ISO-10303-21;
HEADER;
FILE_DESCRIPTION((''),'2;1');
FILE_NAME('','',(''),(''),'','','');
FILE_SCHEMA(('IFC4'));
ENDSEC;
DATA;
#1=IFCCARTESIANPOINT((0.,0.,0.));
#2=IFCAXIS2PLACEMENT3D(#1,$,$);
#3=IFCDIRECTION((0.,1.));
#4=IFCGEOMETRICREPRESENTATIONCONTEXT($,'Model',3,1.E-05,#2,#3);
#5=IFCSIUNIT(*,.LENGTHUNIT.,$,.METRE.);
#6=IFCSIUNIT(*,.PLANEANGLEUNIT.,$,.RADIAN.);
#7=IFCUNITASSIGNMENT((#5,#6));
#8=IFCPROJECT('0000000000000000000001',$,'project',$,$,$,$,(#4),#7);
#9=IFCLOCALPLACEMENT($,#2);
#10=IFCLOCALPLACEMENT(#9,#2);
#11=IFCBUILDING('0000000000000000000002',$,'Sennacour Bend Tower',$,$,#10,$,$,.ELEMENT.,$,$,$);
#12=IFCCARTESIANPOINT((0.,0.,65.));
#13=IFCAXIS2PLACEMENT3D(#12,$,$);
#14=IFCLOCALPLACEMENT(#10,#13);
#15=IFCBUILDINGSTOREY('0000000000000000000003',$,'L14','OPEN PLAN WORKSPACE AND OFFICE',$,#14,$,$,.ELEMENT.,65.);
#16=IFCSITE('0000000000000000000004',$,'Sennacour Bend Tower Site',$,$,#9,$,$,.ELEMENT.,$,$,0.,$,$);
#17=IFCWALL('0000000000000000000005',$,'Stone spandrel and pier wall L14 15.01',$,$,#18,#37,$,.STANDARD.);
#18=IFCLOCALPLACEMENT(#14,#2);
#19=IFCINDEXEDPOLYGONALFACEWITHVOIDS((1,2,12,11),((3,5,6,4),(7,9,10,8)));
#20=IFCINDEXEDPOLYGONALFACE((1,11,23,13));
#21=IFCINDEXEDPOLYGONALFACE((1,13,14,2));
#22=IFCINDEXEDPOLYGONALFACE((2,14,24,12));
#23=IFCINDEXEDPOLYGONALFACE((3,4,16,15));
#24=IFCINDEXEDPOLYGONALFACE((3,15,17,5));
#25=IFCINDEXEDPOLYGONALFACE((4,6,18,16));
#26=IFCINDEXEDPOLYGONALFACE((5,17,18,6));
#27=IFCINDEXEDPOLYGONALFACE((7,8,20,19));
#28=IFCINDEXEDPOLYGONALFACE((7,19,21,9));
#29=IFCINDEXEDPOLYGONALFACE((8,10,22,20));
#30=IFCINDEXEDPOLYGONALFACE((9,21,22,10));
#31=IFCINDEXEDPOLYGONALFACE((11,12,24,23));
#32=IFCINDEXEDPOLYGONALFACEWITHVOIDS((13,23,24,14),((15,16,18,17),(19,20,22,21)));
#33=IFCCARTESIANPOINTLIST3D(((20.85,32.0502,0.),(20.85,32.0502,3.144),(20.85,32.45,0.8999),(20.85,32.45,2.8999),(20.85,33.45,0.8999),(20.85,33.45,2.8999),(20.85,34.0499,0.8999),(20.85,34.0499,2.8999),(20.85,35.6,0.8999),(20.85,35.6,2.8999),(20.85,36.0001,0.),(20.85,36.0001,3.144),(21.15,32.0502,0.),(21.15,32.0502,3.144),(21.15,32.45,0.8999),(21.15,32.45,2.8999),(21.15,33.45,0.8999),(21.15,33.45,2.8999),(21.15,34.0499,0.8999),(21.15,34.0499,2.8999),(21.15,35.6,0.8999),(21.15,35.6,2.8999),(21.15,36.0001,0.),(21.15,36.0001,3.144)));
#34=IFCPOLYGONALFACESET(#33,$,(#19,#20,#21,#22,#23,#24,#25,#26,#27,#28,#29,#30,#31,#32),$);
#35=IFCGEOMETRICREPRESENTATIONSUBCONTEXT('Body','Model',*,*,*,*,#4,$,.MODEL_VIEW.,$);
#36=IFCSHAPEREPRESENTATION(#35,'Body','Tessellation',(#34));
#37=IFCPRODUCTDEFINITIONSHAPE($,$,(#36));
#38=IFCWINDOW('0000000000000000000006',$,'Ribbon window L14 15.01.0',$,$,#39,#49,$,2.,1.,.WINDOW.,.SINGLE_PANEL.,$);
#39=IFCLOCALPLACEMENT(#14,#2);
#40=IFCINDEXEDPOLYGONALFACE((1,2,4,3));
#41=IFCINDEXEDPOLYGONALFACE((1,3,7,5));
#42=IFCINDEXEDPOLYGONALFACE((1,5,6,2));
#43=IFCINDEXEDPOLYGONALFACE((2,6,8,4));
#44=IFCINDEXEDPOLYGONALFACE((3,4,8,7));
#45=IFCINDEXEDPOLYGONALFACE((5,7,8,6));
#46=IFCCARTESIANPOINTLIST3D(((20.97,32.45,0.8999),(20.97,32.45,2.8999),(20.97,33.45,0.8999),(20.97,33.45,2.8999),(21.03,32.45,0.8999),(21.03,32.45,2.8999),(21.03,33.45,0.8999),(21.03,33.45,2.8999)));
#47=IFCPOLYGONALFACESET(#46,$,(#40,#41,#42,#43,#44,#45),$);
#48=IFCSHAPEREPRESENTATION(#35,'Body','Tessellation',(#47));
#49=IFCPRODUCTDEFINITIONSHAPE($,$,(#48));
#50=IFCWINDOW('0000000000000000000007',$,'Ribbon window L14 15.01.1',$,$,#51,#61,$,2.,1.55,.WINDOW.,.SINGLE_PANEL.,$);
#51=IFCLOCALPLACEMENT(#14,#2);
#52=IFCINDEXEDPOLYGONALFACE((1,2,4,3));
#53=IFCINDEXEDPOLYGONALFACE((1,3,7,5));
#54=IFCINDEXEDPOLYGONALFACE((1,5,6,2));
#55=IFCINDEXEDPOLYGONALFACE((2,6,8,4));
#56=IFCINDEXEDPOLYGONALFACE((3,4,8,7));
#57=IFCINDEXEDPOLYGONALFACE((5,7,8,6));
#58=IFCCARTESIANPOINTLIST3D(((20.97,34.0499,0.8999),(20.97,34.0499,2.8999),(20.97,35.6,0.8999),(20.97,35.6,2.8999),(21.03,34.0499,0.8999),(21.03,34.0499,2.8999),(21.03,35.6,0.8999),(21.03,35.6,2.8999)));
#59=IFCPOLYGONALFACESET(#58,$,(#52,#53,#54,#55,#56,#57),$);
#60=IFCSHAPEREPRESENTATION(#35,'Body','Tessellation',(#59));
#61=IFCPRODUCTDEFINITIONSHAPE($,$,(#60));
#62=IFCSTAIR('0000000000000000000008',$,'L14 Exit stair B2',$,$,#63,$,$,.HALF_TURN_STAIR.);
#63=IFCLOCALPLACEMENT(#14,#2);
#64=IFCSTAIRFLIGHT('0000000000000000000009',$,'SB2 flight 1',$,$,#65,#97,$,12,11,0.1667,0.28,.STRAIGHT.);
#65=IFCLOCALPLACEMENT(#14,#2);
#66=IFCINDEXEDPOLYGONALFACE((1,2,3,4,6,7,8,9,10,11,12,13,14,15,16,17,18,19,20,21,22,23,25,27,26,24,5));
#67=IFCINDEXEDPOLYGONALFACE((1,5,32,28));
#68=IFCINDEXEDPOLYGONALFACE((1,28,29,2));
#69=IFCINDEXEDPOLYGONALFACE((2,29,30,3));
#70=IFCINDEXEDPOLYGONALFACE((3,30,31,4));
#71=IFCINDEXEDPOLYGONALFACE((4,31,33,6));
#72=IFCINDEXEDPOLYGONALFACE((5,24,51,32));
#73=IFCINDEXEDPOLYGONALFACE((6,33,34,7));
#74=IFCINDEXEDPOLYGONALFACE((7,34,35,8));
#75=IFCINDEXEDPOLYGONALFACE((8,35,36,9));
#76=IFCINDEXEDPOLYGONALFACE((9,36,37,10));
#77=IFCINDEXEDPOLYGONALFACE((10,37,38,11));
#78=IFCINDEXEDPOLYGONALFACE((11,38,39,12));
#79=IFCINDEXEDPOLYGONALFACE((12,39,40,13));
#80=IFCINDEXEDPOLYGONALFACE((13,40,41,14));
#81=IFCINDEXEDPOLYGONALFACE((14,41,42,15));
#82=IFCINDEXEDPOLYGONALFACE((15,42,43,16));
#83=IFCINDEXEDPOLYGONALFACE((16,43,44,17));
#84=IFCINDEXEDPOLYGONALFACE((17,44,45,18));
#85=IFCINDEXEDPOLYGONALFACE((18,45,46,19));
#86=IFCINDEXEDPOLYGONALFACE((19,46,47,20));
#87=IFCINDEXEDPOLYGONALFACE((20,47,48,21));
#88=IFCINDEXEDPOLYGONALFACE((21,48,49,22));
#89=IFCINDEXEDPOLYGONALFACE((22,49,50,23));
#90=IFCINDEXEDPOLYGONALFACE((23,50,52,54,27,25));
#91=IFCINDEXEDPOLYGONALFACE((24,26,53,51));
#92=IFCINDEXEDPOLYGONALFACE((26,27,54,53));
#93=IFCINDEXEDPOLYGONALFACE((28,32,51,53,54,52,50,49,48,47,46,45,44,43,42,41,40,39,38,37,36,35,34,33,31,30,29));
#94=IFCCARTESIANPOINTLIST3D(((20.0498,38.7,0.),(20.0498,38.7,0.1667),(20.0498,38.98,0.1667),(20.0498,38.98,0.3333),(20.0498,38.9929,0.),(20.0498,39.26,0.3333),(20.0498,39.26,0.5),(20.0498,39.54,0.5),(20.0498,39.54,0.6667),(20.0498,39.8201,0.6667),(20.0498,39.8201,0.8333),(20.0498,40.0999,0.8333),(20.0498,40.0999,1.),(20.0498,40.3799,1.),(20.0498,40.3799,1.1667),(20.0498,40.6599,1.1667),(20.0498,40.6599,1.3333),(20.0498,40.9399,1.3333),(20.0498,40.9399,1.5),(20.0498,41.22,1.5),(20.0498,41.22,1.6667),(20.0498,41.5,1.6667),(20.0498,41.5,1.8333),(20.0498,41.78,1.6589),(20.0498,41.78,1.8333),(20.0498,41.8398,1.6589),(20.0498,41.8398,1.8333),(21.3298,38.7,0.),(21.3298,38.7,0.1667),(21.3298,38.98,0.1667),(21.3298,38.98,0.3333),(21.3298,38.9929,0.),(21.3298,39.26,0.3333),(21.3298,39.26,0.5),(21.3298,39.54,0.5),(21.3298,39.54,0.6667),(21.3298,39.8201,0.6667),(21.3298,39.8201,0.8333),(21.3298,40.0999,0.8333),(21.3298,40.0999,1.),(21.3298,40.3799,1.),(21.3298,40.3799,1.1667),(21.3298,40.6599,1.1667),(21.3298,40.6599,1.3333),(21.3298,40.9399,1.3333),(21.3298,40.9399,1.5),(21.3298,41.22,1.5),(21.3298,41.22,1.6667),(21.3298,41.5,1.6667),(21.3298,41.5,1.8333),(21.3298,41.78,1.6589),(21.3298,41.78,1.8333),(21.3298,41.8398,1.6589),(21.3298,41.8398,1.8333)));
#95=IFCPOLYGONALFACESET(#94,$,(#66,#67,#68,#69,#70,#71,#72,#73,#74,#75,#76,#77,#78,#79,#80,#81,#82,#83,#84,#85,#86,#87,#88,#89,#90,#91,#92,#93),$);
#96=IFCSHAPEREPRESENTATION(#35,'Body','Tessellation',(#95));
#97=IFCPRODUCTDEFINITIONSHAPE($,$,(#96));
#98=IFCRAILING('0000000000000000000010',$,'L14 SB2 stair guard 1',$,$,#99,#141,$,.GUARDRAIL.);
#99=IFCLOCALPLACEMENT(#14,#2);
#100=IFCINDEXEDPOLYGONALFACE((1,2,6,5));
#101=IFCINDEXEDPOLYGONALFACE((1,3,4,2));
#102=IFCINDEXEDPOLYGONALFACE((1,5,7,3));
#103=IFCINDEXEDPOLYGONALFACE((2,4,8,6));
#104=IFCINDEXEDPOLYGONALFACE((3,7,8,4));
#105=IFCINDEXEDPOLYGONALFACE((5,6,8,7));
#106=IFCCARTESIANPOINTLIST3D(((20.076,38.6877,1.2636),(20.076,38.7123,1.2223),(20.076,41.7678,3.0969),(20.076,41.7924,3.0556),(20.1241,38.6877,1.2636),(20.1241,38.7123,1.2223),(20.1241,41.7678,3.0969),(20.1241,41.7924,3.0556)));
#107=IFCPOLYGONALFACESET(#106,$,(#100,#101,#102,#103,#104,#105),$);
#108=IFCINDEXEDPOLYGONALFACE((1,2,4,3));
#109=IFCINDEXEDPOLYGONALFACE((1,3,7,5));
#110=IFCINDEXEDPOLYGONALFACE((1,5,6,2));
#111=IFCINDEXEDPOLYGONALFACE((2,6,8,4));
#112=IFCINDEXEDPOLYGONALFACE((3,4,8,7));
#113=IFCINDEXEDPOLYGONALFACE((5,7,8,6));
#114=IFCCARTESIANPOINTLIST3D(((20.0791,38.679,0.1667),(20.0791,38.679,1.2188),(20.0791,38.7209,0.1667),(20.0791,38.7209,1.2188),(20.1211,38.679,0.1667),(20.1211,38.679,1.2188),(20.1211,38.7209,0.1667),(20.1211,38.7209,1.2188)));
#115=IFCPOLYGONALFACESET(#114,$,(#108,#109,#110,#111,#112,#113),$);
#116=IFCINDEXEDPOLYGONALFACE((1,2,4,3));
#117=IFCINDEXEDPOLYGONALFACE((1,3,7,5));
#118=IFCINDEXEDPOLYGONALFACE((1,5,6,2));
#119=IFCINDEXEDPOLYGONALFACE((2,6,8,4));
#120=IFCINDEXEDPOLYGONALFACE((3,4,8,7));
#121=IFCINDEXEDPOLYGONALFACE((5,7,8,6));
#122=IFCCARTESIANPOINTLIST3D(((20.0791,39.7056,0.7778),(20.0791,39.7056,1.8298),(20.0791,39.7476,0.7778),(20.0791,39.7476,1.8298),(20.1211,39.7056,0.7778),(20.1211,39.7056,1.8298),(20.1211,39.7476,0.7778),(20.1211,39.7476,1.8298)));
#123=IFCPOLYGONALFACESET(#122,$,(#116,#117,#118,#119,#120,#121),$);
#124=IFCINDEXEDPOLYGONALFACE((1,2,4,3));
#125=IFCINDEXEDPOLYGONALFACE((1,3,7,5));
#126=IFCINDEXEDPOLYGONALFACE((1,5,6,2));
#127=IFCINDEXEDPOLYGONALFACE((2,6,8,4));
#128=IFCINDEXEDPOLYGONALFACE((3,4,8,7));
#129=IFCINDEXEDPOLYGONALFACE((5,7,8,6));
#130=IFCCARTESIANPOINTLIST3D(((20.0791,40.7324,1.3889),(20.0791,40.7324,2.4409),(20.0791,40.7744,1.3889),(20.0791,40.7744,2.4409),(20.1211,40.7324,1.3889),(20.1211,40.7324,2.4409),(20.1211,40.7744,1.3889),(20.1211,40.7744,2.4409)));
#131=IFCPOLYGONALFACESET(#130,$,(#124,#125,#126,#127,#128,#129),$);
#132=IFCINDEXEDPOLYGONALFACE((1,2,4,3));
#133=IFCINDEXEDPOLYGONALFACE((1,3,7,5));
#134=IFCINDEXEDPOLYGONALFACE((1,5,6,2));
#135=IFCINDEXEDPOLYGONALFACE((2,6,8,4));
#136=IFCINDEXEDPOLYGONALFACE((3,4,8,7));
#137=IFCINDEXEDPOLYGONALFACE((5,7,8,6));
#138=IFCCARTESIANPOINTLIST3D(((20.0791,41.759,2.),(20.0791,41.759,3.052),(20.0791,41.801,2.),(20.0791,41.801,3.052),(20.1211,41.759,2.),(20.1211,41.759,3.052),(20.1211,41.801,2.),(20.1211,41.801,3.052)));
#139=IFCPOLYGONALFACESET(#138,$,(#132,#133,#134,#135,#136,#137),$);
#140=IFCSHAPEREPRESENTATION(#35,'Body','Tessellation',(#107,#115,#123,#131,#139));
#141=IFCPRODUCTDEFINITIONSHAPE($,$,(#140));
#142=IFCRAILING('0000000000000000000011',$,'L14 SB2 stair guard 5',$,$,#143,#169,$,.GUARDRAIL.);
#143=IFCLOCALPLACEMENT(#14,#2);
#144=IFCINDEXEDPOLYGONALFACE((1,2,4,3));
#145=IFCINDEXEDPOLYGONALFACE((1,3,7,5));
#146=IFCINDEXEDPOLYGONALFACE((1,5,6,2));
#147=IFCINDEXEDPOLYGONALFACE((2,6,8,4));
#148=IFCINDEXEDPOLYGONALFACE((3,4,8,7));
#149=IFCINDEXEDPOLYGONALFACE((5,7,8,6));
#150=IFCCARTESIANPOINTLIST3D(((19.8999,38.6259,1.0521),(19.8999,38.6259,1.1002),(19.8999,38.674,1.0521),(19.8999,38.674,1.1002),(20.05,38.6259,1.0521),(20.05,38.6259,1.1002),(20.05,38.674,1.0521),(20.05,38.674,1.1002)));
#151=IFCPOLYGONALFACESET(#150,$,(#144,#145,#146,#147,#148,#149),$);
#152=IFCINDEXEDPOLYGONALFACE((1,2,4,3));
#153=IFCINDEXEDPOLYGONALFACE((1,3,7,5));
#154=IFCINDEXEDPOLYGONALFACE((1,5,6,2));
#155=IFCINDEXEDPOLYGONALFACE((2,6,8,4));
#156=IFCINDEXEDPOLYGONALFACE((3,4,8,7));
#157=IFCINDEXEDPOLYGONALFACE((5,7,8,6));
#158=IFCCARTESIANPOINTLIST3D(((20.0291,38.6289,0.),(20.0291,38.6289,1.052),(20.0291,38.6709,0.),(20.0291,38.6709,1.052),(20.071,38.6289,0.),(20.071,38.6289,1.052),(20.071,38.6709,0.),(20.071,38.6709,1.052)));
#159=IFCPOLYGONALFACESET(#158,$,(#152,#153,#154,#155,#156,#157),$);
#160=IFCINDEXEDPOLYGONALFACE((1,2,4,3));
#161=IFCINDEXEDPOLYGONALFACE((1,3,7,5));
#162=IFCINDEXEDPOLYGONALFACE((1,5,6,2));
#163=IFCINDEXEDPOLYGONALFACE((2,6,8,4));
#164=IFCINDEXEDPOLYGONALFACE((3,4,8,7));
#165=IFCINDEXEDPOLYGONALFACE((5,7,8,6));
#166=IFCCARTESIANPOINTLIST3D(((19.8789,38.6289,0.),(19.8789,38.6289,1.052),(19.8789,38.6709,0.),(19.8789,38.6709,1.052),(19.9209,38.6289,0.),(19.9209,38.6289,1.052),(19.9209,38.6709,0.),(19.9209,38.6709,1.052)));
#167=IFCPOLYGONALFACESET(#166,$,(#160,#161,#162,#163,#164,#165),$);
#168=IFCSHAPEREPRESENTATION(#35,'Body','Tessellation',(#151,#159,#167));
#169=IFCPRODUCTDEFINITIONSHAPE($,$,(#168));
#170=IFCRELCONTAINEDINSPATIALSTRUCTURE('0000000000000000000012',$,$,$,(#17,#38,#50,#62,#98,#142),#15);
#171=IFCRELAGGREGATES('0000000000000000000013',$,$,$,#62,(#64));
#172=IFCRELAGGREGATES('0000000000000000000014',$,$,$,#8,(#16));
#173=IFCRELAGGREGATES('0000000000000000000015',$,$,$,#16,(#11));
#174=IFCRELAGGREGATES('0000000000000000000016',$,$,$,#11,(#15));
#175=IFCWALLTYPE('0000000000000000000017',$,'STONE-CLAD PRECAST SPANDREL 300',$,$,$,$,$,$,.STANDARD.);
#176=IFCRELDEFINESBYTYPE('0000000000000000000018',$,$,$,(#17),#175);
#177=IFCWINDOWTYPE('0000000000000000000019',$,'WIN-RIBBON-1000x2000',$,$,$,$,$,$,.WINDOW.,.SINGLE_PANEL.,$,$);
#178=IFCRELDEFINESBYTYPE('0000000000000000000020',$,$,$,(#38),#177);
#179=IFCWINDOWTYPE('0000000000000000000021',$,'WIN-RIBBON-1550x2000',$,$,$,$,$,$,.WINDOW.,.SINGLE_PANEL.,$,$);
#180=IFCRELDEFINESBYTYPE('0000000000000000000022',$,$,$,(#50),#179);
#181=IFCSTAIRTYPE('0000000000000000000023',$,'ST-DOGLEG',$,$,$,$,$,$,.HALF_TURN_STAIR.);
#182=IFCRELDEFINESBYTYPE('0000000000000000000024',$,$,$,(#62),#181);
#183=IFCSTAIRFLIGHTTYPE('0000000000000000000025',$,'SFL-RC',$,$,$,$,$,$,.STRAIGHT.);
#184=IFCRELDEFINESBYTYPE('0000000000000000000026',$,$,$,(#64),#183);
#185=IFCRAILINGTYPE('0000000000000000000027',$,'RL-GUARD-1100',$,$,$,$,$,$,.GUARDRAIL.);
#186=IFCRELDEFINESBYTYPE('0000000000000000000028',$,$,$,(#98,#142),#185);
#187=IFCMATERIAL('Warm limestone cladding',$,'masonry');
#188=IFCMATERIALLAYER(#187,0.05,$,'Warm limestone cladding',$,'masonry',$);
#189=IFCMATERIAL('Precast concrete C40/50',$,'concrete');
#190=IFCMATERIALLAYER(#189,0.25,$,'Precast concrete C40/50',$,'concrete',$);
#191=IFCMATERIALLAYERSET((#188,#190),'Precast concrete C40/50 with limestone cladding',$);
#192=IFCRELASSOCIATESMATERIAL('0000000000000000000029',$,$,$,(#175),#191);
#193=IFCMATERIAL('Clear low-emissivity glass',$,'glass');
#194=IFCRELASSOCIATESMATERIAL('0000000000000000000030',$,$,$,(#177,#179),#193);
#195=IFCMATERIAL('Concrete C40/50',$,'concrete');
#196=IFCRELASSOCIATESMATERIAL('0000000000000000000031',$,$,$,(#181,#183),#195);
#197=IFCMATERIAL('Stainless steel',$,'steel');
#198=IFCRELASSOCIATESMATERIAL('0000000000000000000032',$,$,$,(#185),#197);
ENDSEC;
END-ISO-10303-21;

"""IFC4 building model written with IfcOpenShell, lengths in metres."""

from ifc_helpers import new_model, si_unit, direction, frame, frame_2d, origin, origin_2d, place, context, subcontext, project, spatial, polyline, rectangle, outline, extrude, material, layer, layer_set, type_object, element, fill, aggregate, save


model = new_model("IFC4")

# Units and contexts
model_context = context("Model", 3, precision=1e-05, world=origin(), true_north=direction((0.0, 1.0)))
body_context = subcontext(model_context, "Body", "Model", "MODEL_VIEW")
ifc_project = project(units=[si_unit("LENGTHUNIT", "METRE"), si_unit("PLANEANGLEUNIT", "RADIAN")], contexts=[model_context])

# Site, building, storey
site_placement = place(None, origin())
site = spatial("IfcSite", under=ifc_project, at=site_placement, Name="Sennacour Bend Tower Site", CompositionType="ELEMENT", RefElevation=0.0)
building_placement = place(site_placement, origin())
building = spatial("IfcBuilding", under=site, at=building_placement, Name="Sennacour Bend Tower", CompositionType="ELEMENT")
storey_placement = place(building_placement, frame((0.0, 0.0, 65.0)))
storey = spatial("IfcBuildingStorey", under=building, at=storey_placement, Name="L14", Description="OPEN PLAN WORKSPACE AND OFFICE", CompositionType="ELEMENT", Elevation=65.0)

# Shared definitions
ifc_material_1 = material(Name="Warm limestone cladding", Category="masonry")
ifc_layer_1 = layer(ifc_material_1, 0.05, Name="Warm limestone cladding", Category="masonry")
ifc_material_2 = material(Name="Precast concrete C40/50", Category="concrete")
ifc_layer_2 = layer(ifc_material_2, 0.25, Name="Precast concrete C40/50", Category="concrete")
ifc_layer_set_1 = layer_set([ifc_layer_1, ifc_layer_2], Name="Precast concrete C40/50 with limestone cladding")
wall_type_1 = type_object("IfcWallType", Name="STONE-CLAD PRECAST SPANDREL 300", PredefinedType="STANDARD", material=ifc_layer_set_1)

# Wall, openings, windows
wall_1_placement = place(storey_placement, frame((21.0, 32.05, 0.0), z_axis=(0.0, 0.0, 1.0), x_axis=(0.0, 1.0, 0.0)))
wall_1 = element("IfcWall", 1, at=wall_1_placement, inside=storey, type_object=wall_type_1, Name="Stone spandrel and pier wall L14 15.01", PredefinedType="STANDARD", context=body_context, shape_type="SweptSolid", body=[
    extrude(rectangle(XDim=3.95, YDim=0.3, at=frame_2d((1.9751, 0.0))), origin(), (0.0, 0.0, 1.0), 3.144),
])
opening_1_placement = place(wall_1_placement, frame((0.3999, 0.0, 0.8999)))
opening_1 = element("IfcOpeningElement", 2, at=opening_1_placement, cuts=wall_1, PredefinedType="OPENING", context=body_context, shape_type="SweptSolid", body=[
    extrude(rectangle(XDim=1.0, YDim=2.0, at=frame_2d((0.5, 1.0))), frame((0.0, 0.1602, 0.0), z_axis=(0.0, -1.0, 0.0), x_axis=(1.0, 0.0, 0.0)), (0.0, 0.0, 1.0), 0.3201),
])
opening_2_placement = place(wall_1_placement, frame((2.0, 0.0, 0.8999)))
opening_2 = element("IfcOpeningElement", 3, at=opening_2_placement, cuts=wall_1, PredefinedType="OPENING", context=body_context, shape_type="SweptSolid", body=[
    extrude(rectangle(XDim=1.55, YDim=2.0, at=frame_2d((0.7749, 1.0))), frame((0.0, 0.1602, 0.0), z_axis=(0.0, -1.0, 0.0), x_axis=(1.0, 0.0, 0.0)), (0.0, 0.0, 1.0), 0.3201),
])
ifc_material_3 = material(Name="Clear low-emissivity glass", Category="glass")
window_type_1 = type_object("IfcWindowType", Name="WIN-RIBBON-1000x2000", PartitioningType="SINGLE_PANEL", PredefinedType="WINDOW", material=ifc_material_3)
window_1_placement = place(opening_1_placement, origin())
window_1 = element("IfcWindow", 4, at=window_1_placement, inside=storey, type_object=window_type_1, Name="Ribbon window L14 15.01.0", OverallHeight=2.0, OverallWidth=1.0, PartitioningType="SINGLE_PANEL", PredefinedType="WINDOW", context=body_context, shape_type="SweptSolid", body=[
    extrude(rectangle(XDim=1.0, YDim=2.0, at=frame_2d((0.5, 1.0))), frame((0.0, 0.03, 0.0), z_axis=(0.0, -1.0, 0.0), x_axis=(1.0, 0.0, 0.0)), (0.0, 0.0, 1.0), 0.0601),
])
fill(opening_1, window_1)
window_type_2 = type_object("IfcWindowType", Name="WIN-RIBBON-1550x2000", PartitioningType="SINGLE_PANEL", PredefinedType="WINDOW", material=ifc_material_3)
window_2_placement = place(opening_2_placement, origin())
window_2 = element("IfcWindow", 5, at=window_2_placement, inside=storey, type_object=window_type_2, Name="Ribbon window L14 15.01.1", OverallHeight=2.0, OverallWidth=1.55, PartitioningType="SINGLE_PANEL", PredefinedType="WINDOW", context=body_context, shape_type="SweptSolid", body=[
    extrude(rectangle(XDim=1.55, YDim=2.0, at=frame_2d((0.7749, 1.0))), frame((0.0, 0.03, 0.0), z_axis=(0.0, -1.0, 0.0), x_axis=(1.0, 0.0, 0.0)), (0.0, 0.0, 1.0), 0.0601),
])
fill(opening_2, window_2)

# Stair, stair flight
ifc_material_4 = material(Name="Concrete C40/50", Category="concrete")
stair_type = type_object("IfcStairType", Name="ST-DOGLEG", PredefinedType="HALF_TURN_STAIR", material=ifc_material_4)
stair_placement = place(storey_placement, origin())
stair = element("IfcStair", 6, at=stair_placement, inside=storey, type_object=stair_type, Name="L14 Exit stair B2", PredefinedType="HALF_TURN_STAIR")
stair_flight_type = type_object("IfcStairFlightType", Name="SFL-RC", PredefinedType="STRAIGHT", material=ifc_material_4)
stair_flight_placement = place(storey_placement, frame((20.6899, 38.7, 0.0), z_axis=(0.0, 0.0, 1.0), x_axis=(0.0, 1.0, 0.0)))
stair_flight = element("IfcStairFlight", 7, at=stair_flight_placement, type_object=stair_flight_type, Name="SB2 flight 1", NumberOfRisers=12, NumberOfTreads=11, PredefinedType="STRAIGHT", RiserHeight=0.1667, TreadLength=0.28, context=body_context, shape_type="SweptSolid", body=[
    extrude(outline(polyline([(0.0, 0.0), (0.0, 0.1667), (0.28, 0.1667), (0.28, 0.3333), (0.5601, 0.3333), (0.5601, 0.5), (0.8401, 0.5), (0.8401, 0.6667), (1.1201, 0.6667), (1.1201, 0.8333), (1.3999, 0.8333), (1.3999, 1.0), (1.6799, 1.0), (1.6799, 1.1667), (1.96, 1.1667), (1.96, 1.3333), (2.24, 1.3333), (2.24, 1.5), (2.52, 1.5), (2.52, 1.6667), (2.8, 1.6667), (2.8, 1.8333), (3.0801, 1.8333), (3.1399, 1.8333), (3.1399, 1.6589), (3.0801, 1.6589), (0.293, 0.0), (0.0, 0.0)])), frame((0.0, 0.6401, 0.0), z_axis=(0.0, -1.0, 0.0), x_axis=(1.0, 0.0, 0.0)), (0.0, 0.0, 1.0), 1.28),
])
aggregate(stair, [stair_flight])

# Railings
ifc_material_5 = material(Name="Stainless steel", Category="steel")
railing_type_1 = type_object("IfcRailingType", Name="RL-GUARD-1100", PredefinedType="GUARDRAIL", material=ifc_material_5)
railing_1_placement = place(storey_placement, frame((20.1001, 38.7, 0.1667)))
element("IfcRailing", 8, at=railing_1_placement, inside=storey, type_object=railing_type_1, Name="L14 SB2 stair guard 1", PredefinedType="GUARDRAIL", context=body_context, shape_type="SweptSolid", body=[
    extrude(rectangle(XDim=0.0481, YDim=0.0481, at=origin_2d()), frame((0.0, 0.0, 1.0762), z_axis=(0.0, 0.859309, 0.511458), x_axis=(-1.0, 0.0, 0.0)), (0.0, 0.0, 1.0), 3.5845),
    extrude(rectangle(XDim=0.042, YDim=0.042, at=origin_2d()), origin(), (0.0, 0.0, 1.0), 1.052),
    extrude(rectangle(XDim=0.042, YDim=0.042, at=origin_2d()), frame((0.0, 1.0266, 0.6111)), (0.0, 0.0, 1.0), 1.052),
    extrude(rectangle(XDim=0.042, YDim=0.042, at=origin_2d()), frame((0.0, 2.0535, 1.2222)), (0.0, 0.0, 1.0), 1.052),
    extrude(rectangle(XDim=0.042, YDim=0.042, at=origin_2d()), frame((0.0, 3.0801, 1.8333)), (0.0, 0.0, 1.0), 1.052),
])
railing_2_placement = place(storey_placement, frame((20.05, 38.6499, 0.0)))
element("IfcRailing", 9, at=railing_2_placement, inside=storey, type_object=railing_type_1, Name="L14 SB2 stair guard 5", PredefinedType="GUARDRAIL", context=body_context, shape_type="SweptSolid", body=[
    extrude(rectangle(XDim=0.0481, YDim=0.0481, at=origin_2d()), frame((0.0, 0.0, 1.0762), z_axis=(-1.0, 0.0, 0.0), x_axis=(0.0, -1.0, 0.0)), (0.0, 0.0, 1.0), 0.1501),
    extrude(rectangle(XDim=0.042, YDim=0.042, at=origin_2d()), origin(), (0.0, 0.0, 1.0), 1.052),
    extrude(rectangle(XDim=0.042, YDim=0.042, at=origin_2d()), frame((-0.1501, 0.0, 0.0)), (0.0, 0.0, 1.0), 1.052),
])

save(model, "model.ifc")
